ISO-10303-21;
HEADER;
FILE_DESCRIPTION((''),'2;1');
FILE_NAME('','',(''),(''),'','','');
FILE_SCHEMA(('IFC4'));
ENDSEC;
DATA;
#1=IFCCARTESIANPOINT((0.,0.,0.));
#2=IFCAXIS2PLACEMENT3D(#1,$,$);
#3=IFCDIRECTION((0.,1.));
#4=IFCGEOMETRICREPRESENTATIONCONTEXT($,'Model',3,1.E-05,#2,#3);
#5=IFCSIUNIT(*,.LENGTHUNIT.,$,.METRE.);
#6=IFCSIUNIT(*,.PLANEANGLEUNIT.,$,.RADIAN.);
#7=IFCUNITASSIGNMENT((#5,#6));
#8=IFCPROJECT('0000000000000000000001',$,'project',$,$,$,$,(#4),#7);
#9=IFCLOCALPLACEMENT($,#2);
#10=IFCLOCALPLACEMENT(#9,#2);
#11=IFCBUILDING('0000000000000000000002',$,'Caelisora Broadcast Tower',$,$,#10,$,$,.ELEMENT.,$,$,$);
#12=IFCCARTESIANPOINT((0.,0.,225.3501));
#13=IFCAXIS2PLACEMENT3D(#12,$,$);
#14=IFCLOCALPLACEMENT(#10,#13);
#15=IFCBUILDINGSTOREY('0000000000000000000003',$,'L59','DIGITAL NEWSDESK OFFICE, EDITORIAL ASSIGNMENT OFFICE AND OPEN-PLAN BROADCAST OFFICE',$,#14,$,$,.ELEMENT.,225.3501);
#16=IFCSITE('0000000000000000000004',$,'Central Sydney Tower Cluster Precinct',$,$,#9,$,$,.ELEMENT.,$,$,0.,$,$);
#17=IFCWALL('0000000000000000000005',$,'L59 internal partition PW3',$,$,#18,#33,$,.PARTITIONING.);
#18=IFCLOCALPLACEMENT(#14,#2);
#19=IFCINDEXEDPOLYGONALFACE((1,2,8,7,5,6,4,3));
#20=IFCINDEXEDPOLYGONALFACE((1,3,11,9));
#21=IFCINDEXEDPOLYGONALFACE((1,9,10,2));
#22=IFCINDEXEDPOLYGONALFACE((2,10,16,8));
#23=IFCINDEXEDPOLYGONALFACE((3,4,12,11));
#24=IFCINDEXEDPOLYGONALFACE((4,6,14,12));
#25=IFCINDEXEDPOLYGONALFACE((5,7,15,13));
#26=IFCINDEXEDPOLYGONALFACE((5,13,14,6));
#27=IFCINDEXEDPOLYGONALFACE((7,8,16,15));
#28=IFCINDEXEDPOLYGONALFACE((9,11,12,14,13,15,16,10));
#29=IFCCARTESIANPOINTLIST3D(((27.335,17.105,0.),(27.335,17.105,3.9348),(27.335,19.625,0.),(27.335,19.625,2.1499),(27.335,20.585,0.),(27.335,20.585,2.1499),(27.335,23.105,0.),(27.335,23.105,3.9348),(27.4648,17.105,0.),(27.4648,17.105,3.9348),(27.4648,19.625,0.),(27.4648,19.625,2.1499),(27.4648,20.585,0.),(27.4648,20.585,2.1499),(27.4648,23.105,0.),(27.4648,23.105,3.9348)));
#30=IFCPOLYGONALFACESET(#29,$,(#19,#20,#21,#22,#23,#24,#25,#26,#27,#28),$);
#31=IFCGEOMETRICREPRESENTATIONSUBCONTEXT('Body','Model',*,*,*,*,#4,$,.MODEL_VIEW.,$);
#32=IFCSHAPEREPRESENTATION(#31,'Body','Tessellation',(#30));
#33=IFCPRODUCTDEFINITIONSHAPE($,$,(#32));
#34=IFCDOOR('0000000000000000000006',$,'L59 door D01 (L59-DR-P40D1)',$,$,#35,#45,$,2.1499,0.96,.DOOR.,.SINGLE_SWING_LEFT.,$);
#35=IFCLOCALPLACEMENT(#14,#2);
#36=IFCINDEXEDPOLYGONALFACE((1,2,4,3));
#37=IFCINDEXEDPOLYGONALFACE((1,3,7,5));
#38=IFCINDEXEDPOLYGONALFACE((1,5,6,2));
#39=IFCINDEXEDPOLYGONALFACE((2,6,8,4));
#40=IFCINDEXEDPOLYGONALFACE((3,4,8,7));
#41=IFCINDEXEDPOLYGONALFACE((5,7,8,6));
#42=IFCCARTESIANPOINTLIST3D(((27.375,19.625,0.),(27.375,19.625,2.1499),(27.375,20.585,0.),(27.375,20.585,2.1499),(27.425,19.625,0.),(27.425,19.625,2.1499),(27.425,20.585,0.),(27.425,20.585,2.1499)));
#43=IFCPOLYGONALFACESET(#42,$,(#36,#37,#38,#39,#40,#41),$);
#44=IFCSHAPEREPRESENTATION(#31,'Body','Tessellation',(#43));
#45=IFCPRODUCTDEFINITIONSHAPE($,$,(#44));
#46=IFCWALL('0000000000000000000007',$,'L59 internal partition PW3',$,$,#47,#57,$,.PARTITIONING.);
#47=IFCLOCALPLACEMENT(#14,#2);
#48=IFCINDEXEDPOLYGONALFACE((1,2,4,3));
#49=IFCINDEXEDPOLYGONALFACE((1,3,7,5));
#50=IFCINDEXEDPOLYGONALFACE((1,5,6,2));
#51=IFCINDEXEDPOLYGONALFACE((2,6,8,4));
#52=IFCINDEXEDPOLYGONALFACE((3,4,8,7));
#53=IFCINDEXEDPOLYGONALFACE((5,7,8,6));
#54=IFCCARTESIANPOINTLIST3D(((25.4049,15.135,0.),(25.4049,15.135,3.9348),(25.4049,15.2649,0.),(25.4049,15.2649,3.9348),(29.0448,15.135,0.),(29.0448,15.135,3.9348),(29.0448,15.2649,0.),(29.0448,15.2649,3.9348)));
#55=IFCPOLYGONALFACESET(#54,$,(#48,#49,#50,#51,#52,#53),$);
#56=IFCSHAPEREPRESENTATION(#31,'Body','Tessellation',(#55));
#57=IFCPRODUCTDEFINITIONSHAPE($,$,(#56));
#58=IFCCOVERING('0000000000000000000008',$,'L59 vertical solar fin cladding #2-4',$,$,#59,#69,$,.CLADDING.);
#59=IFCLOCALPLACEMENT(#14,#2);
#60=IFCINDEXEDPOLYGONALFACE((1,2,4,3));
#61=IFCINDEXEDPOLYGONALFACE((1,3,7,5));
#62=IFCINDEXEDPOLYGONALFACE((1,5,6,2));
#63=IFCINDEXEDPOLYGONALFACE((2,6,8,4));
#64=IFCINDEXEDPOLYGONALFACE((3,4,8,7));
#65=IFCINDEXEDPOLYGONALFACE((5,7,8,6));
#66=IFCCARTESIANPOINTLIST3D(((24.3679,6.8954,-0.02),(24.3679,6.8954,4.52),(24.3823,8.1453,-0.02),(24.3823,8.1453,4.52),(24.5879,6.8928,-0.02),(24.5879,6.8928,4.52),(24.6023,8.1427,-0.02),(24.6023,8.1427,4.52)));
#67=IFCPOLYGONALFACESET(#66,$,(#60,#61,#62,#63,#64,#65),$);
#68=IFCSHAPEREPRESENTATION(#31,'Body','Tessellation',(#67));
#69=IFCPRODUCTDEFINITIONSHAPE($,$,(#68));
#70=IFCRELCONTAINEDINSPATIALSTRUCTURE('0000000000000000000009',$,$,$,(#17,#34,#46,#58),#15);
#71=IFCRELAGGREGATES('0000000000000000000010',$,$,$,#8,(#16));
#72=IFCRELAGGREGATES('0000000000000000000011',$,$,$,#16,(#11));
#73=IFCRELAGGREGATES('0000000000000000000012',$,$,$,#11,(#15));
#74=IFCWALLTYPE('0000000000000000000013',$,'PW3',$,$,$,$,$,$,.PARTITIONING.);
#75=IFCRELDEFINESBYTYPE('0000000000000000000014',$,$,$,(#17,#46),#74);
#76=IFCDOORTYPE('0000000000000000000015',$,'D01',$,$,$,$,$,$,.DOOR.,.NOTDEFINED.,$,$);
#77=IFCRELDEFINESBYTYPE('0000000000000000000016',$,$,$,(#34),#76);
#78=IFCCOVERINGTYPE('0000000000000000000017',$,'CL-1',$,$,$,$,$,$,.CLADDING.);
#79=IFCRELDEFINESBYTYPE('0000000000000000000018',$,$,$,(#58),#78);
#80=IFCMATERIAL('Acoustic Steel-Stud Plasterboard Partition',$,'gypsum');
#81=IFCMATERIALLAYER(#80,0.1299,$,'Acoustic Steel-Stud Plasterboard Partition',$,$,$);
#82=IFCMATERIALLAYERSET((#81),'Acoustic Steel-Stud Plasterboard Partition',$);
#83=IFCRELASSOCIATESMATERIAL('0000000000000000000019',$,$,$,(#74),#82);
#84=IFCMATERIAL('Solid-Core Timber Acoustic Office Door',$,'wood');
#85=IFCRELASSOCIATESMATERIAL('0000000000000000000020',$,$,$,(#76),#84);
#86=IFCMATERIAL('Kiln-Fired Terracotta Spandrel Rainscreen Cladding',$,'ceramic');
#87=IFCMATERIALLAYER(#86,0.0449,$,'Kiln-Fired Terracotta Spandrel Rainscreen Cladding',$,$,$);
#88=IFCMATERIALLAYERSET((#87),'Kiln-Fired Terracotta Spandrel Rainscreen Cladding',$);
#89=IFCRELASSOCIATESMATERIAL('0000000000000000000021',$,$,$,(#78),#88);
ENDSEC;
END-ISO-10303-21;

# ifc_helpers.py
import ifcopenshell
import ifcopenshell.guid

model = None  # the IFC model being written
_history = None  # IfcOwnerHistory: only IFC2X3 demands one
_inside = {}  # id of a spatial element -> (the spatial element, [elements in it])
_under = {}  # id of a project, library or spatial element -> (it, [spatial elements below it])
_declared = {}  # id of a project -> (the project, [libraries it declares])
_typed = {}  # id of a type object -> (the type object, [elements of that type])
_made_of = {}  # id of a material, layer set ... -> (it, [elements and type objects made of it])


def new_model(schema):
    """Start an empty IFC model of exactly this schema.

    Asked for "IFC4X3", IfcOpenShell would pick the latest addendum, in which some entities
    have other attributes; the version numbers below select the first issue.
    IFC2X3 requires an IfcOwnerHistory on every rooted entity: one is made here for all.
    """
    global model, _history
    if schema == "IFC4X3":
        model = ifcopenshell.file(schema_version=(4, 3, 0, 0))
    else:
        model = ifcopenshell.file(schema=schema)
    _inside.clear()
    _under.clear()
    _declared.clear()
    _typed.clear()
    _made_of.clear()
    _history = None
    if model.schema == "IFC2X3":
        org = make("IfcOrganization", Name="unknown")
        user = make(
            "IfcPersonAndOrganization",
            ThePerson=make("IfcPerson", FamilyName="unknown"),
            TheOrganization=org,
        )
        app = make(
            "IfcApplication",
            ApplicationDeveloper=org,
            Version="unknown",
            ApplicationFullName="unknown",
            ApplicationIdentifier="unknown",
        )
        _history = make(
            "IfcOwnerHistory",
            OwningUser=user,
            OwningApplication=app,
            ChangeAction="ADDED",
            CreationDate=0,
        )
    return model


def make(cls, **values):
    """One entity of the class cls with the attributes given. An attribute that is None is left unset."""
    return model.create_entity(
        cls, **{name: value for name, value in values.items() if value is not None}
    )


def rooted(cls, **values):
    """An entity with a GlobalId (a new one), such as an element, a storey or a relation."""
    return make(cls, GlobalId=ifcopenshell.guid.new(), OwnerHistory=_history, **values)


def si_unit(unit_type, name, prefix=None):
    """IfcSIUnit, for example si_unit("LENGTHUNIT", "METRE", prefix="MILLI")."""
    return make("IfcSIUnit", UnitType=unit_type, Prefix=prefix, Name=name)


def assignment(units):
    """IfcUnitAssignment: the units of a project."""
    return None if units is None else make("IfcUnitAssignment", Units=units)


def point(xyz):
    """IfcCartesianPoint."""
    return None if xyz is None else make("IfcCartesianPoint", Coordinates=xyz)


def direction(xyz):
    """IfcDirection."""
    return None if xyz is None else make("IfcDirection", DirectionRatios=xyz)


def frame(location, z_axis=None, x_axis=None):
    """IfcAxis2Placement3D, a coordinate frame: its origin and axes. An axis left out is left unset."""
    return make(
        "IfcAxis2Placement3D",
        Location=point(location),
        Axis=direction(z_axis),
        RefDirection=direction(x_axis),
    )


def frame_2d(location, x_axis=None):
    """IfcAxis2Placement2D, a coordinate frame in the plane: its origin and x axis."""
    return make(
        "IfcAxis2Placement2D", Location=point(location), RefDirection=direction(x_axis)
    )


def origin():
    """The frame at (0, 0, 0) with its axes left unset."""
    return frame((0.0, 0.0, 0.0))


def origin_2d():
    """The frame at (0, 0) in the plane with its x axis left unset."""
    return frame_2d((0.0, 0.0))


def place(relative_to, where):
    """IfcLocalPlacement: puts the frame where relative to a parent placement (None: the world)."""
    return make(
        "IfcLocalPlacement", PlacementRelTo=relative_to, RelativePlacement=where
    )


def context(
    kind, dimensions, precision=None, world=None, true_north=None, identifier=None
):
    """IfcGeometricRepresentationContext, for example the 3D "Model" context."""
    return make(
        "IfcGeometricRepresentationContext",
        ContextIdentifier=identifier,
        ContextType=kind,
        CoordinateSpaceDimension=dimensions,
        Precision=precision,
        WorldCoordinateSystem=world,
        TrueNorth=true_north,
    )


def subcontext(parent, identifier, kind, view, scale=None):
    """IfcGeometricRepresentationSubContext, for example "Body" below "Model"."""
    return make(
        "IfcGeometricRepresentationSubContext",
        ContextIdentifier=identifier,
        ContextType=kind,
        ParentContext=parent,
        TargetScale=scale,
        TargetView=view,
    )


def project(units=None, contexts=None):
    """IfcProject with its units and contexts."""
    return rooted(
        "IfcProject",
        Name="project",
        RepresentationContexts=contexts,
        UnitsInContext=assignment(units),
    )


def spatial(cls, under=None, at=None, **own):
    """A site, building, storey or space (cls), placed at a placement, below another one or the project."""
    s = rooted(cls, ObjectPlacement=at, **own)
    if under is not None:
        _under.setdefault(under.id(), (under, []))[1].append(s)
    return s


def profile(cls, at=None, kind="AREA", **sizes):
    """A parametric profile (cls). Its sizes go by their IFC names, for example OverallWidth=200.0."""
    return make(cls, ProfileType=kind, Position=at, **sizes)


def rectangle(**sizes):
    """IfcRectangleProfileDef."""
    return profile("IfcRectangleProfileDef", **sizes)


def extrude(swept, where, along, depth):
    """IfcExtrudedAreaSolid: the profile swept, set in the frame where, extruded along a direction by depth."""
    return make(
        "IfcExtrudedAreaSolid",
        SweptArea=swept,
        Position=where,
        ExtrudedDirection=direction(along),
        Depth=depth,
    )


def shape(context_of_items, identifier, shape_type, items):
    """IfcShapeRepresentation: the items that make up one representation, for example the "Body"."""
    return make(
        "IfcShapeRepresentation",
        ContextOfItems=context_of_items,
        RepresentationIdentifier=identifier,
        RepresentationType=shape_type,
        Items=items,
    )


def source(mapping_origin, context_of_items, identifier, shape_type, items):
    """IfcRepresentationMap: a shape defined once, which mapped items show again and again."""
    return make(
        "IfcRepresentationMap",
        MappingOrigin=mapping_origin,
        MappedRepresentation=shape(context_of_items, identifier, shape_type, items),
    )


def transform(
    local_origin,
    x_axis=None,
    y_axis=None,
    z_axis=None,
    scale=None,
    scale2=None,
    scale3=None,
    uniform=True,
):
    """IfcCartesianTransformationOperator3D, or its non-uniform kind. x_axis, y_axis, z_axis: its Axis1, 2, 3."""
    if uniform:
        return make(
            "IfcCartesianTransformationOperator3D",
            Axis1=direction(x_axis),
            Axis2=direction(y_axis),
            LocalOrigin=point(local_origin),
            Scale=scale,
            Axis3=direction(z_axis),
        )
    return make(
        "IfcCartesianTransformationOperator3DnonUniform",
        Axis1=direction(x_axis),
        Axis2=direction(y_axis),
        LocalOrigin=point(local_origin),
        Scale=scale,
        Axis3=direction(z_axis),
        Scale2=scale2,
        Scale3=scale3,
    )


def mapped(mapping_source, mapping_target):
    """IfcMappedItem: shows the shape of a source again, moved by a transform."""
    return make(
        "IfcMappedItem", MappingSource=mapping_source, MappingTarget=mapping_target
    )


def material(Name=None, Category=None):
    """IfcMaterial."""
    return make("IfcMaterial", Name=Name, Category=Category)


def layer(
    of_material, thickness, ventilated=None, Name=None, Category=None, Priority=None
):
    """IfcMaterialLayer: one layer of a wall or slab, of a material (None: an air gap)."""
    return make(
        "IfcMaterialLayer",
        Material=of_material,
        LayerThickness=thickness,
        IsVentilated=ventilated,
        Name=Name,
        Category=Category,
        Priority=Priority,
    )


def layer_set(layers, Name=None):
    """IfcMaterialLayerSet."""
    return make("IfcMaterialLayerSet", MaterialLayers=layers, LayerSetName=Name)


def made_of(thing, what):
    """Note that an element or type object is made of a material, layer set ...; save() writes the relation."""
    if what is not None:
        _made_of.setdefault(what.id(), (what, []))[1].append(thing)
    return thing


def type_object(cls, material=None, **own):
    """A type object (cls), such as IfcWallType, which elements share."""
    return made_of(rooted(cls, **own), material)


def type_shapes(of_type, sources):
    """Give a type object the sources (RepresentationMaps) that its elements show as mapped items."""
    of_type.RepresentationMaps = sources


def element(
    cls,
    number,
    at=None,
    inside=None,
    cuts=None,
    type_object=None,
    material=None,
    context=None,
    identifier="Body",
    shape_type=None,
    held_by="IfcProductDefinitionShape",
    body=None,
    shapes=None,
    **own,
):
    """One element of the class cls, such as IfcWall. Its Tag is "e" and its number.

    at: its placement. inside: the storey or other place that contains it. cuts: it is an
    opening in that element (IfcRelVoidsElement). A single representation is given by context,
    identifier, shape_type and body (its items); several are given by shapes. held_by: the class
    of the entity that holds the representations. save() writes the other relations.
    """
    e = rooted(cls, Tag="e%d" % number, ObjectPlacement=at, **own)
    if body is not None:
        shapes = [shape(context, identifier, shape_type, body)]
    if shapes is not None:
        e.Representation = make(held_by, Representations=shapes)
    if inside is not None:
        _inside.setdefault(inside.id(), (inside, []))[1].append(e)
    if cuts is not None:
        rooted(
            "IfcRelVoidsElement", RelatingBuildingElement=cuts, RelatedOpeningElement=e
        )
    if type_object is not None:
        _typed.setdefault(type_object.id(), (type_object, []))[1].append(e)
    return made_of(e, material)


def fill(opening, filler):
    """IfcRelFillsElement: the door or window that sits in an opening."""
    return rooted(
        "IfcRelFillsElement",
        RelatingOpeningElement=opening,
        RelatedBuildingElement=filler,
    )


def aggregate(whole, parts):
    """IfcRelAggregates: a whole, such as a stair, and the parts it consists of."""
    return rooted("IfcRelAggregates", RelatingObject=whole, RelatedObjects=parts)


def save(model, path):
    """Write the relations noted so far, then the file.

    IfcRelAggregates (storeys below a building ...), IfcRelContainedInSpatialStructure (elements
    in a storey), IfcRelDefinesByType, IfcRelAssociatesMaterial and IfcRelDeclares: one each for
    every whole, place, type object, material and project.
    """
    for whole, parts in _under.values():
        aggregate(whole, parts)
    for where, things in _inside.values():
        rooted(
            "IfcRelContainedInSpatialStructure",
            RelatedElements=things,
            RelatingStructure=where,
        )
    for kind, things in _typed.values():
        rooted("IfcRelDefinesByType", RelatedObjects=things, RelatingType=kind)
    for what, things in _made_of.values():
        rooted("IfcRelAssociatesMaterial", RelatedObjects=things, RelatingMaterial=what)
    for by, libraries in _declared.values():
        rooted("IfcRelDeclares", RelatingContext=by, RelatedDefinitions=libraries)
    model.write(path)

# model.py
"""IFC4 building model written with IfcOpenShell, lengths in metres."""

from ifc_helpers import new_model, si_unit, direction, frame, frame_2d, origin, origin_2d, place, context, subcontext, project, spatial, rectangle, extrude, source, transform, mapped, material, layer, layer_set, type_object, type_shapes, element, fill, save


model = new_model("IFC4")

# Units and contexts
model_context = context("Model", 3, precision=1e-05, world=origin(), true_north=direction((0.0, 1.0)))
body_context = subcontext(model_context, "Body", "Model", "MODEL_VIEW")
ifc_project = project(units=[si_unit("LENGTHUNIT", "METRE"), si_unit("PLANEANGLEUNIT", "RADIAN")], contexts=[model_context])

# Site, building, storey
site_placement = place(None, origin())
site = spatial("IfcSite", under=ifc_project, at=site_placement, Name="Central Sydney Tower Cluster Precinct", CompositionType="ELEMENT", RefElevation=0.0)
building_placement = place(site_placement, origin())
building = spatial("IfcBuilding", under=site, at=building_placement, Name="Caelisora Broadcast Tower", CompositionType="ELEMENT")
storey_placement = place(building_placement, frame((0.0, 0.0, 225.3501)))
storey = spatial("IfcBuildingStorey", under=building, at=storey_placement, Name="L59", Description="DIGITAL NEWSDESK OFFICE, EDITORIAL ASSIGNMENT OFFICE AND OPEN-PLAN BROADCAST OFFICE", CompositionType="ELEMENT", Elevation=225.3501)

# Shared definitions
ifc_material_1 = material(Name="Acoustic Steel-Stud Plasterboard Partition", Category="gypsum")
ifc_layer_1 = layer(ifc_material_1, 0.1299, Name="Acoustic Steel-Stud Plasterboard Partition")
ifc_layer_set_1 = layer_set([ifc_layer_1], Name="Acoustic Steel-Stud Plasterboard Partition")
wall_type_1 = type_object("IfcWallType", Name="PW3", PredefinedType="PARTITIONING", material=ifc_layer_set_1)

# Wall, opening, door
wall_1_placement = place(storey_placement, frame((27.3999, 17.105, 0.0), z_axis=(0.0, 0.0, 1.0), x_axis=(0.0, 1.0, 0.0)))
wall_1 = element("IfcWall", 1, at=wall_1_placement, inside=storey, type_object=wall_type_1, Name="L59 internal partition PW3", PredefinedType="PARTITIONING", context=body_context, shape_type="SweptSolid", body=[
    extrude(rectangle(XDim=6.0, YDim=0.1299, at=frame_2d((3.0, 0.0))), origin(), (0.0, 0.0, 1.0), 3.9348),
])
opening_1_placement = place(wall_1_placement, frame((2.52, 0.0, 0.0)))
opening_1 = element("IfcOpeningElement", 2, at=opening_1_placement, cuts=wall_1, PredefinedType="OPENING", context=body_context, shape_type="SweptSolid", body=[
    extrude(rectangle(XDim=0.96, YDim=2.1499, at=frame_2d((0.48, 1.075))), frame((0.0, 0.0769, 0.0), z_axis=(0.0, -1.0, 0.0), x_axis=(1.0, 0.0, 0.0)), (0.0, 0.0, 1.0), 0.1538),
])
ifc_material_2 = material(Name="Solid-Core Timber Acoustic Office Door", Category="wood")
door_type_1 = type_object("IfcDoorType", Name="D01", OperationType="NOTDEFINED", PredefinedType="DOOR", material=ifc_material_2)
door_1_placement = place(opening_1_placement, origin())
door_1 = element("IfcDoor", 3, at=door_1_placement, inside=storey, type_object=door_type_1, Name="L59 door D01 (L59-DR-P40D1)", OperationType="SINGLE_SWING_LEFT", OverallHeight=2.1499, OverallWidth=0.96, PredefinedType="DOOR", context=body_context, shape_type="SweptSolid", body=[
    extrude(rectangle(XDim=0.96, YDim=2.1499, at=frame_2d((0.48, 1.075))), frame((0.0, 0.0249, 0.0), z_axis=(0.0, -1.0, 0.0), x_axis=(1.0, 0.0, 0.0)), (0.0, 0.0, 1.0), 0.05),
])
fill(opening_1, door_1)

# Wall
wall_2_placement = place(storey_placement, frame((25.405, 15.2, 0.0), z_axis=(0.0, 0.0, 1.0), x_axis=(1.0, 0.0, 0.0)))
element("IfcWall", 4, at=wall_2_placement, inside=storey, type_object=wall_type_1, Name="L59 internal partition PW3", PredefinedType="PARTITIONING", context=body_context, shape_type="SweptSolid", body=[
    extrude(rectangle(XDim=3.6399, YDim=0.1299, at=frame_2d((1.8198, 0.0))), origin(), (0.0, 0.0, 1.0), 3.9348),
])

# Covering
ifc_material_3 = material(Name="Kiln-Fired Terracotta Spandrel Rainscreen Cladding", Category="ceramic")
ifc_layer_2 = layer(ifc_material_3, 0.0449, Name="Kiln-Fired Terracotta Spandrel Rainscreen Cladding")
ifc_layer_set_2 = layer_set([ifc_layer_2], Name="Kiln-Fired Terracotta Spandrel Rainscreen Cladding")
covering_type = type_object("IfcCoveringType", Name="CL-1", PredefinedType="CLADDING", material=ifc_layer_set_2)
shared_shape_1 = source(origin(), body_context, "Body", "SweptSolid", [
    extrude(rectangle(XDim=0.22, YDim=1.25, at=origin_2d()), origin(), (0.0, 0.0, 1.0), 4.54),
])
type_shapes(covering_type, [shared_shape_1])
covering_placement = place(storey_placement, frame((24.4851, 7.519, -0.02), z_axis=(0.0, 0.0, 1.0), x_axis=(-0.999934, 0.011519, 0.0)))
element("IfcCovering", 5, at=covering_placement, inside=storey, type_object=covering_type, Name="L59 vertical solar fin cladding #2-4", PredefinedType="CLADDING", context=body_context, shape_type="MappedRepresentation", body=[
    mapped(shared_shape_1, transform((0.0, 0.0, 0.0), scale=1.0)),
])

save(model, "model.ifc")
